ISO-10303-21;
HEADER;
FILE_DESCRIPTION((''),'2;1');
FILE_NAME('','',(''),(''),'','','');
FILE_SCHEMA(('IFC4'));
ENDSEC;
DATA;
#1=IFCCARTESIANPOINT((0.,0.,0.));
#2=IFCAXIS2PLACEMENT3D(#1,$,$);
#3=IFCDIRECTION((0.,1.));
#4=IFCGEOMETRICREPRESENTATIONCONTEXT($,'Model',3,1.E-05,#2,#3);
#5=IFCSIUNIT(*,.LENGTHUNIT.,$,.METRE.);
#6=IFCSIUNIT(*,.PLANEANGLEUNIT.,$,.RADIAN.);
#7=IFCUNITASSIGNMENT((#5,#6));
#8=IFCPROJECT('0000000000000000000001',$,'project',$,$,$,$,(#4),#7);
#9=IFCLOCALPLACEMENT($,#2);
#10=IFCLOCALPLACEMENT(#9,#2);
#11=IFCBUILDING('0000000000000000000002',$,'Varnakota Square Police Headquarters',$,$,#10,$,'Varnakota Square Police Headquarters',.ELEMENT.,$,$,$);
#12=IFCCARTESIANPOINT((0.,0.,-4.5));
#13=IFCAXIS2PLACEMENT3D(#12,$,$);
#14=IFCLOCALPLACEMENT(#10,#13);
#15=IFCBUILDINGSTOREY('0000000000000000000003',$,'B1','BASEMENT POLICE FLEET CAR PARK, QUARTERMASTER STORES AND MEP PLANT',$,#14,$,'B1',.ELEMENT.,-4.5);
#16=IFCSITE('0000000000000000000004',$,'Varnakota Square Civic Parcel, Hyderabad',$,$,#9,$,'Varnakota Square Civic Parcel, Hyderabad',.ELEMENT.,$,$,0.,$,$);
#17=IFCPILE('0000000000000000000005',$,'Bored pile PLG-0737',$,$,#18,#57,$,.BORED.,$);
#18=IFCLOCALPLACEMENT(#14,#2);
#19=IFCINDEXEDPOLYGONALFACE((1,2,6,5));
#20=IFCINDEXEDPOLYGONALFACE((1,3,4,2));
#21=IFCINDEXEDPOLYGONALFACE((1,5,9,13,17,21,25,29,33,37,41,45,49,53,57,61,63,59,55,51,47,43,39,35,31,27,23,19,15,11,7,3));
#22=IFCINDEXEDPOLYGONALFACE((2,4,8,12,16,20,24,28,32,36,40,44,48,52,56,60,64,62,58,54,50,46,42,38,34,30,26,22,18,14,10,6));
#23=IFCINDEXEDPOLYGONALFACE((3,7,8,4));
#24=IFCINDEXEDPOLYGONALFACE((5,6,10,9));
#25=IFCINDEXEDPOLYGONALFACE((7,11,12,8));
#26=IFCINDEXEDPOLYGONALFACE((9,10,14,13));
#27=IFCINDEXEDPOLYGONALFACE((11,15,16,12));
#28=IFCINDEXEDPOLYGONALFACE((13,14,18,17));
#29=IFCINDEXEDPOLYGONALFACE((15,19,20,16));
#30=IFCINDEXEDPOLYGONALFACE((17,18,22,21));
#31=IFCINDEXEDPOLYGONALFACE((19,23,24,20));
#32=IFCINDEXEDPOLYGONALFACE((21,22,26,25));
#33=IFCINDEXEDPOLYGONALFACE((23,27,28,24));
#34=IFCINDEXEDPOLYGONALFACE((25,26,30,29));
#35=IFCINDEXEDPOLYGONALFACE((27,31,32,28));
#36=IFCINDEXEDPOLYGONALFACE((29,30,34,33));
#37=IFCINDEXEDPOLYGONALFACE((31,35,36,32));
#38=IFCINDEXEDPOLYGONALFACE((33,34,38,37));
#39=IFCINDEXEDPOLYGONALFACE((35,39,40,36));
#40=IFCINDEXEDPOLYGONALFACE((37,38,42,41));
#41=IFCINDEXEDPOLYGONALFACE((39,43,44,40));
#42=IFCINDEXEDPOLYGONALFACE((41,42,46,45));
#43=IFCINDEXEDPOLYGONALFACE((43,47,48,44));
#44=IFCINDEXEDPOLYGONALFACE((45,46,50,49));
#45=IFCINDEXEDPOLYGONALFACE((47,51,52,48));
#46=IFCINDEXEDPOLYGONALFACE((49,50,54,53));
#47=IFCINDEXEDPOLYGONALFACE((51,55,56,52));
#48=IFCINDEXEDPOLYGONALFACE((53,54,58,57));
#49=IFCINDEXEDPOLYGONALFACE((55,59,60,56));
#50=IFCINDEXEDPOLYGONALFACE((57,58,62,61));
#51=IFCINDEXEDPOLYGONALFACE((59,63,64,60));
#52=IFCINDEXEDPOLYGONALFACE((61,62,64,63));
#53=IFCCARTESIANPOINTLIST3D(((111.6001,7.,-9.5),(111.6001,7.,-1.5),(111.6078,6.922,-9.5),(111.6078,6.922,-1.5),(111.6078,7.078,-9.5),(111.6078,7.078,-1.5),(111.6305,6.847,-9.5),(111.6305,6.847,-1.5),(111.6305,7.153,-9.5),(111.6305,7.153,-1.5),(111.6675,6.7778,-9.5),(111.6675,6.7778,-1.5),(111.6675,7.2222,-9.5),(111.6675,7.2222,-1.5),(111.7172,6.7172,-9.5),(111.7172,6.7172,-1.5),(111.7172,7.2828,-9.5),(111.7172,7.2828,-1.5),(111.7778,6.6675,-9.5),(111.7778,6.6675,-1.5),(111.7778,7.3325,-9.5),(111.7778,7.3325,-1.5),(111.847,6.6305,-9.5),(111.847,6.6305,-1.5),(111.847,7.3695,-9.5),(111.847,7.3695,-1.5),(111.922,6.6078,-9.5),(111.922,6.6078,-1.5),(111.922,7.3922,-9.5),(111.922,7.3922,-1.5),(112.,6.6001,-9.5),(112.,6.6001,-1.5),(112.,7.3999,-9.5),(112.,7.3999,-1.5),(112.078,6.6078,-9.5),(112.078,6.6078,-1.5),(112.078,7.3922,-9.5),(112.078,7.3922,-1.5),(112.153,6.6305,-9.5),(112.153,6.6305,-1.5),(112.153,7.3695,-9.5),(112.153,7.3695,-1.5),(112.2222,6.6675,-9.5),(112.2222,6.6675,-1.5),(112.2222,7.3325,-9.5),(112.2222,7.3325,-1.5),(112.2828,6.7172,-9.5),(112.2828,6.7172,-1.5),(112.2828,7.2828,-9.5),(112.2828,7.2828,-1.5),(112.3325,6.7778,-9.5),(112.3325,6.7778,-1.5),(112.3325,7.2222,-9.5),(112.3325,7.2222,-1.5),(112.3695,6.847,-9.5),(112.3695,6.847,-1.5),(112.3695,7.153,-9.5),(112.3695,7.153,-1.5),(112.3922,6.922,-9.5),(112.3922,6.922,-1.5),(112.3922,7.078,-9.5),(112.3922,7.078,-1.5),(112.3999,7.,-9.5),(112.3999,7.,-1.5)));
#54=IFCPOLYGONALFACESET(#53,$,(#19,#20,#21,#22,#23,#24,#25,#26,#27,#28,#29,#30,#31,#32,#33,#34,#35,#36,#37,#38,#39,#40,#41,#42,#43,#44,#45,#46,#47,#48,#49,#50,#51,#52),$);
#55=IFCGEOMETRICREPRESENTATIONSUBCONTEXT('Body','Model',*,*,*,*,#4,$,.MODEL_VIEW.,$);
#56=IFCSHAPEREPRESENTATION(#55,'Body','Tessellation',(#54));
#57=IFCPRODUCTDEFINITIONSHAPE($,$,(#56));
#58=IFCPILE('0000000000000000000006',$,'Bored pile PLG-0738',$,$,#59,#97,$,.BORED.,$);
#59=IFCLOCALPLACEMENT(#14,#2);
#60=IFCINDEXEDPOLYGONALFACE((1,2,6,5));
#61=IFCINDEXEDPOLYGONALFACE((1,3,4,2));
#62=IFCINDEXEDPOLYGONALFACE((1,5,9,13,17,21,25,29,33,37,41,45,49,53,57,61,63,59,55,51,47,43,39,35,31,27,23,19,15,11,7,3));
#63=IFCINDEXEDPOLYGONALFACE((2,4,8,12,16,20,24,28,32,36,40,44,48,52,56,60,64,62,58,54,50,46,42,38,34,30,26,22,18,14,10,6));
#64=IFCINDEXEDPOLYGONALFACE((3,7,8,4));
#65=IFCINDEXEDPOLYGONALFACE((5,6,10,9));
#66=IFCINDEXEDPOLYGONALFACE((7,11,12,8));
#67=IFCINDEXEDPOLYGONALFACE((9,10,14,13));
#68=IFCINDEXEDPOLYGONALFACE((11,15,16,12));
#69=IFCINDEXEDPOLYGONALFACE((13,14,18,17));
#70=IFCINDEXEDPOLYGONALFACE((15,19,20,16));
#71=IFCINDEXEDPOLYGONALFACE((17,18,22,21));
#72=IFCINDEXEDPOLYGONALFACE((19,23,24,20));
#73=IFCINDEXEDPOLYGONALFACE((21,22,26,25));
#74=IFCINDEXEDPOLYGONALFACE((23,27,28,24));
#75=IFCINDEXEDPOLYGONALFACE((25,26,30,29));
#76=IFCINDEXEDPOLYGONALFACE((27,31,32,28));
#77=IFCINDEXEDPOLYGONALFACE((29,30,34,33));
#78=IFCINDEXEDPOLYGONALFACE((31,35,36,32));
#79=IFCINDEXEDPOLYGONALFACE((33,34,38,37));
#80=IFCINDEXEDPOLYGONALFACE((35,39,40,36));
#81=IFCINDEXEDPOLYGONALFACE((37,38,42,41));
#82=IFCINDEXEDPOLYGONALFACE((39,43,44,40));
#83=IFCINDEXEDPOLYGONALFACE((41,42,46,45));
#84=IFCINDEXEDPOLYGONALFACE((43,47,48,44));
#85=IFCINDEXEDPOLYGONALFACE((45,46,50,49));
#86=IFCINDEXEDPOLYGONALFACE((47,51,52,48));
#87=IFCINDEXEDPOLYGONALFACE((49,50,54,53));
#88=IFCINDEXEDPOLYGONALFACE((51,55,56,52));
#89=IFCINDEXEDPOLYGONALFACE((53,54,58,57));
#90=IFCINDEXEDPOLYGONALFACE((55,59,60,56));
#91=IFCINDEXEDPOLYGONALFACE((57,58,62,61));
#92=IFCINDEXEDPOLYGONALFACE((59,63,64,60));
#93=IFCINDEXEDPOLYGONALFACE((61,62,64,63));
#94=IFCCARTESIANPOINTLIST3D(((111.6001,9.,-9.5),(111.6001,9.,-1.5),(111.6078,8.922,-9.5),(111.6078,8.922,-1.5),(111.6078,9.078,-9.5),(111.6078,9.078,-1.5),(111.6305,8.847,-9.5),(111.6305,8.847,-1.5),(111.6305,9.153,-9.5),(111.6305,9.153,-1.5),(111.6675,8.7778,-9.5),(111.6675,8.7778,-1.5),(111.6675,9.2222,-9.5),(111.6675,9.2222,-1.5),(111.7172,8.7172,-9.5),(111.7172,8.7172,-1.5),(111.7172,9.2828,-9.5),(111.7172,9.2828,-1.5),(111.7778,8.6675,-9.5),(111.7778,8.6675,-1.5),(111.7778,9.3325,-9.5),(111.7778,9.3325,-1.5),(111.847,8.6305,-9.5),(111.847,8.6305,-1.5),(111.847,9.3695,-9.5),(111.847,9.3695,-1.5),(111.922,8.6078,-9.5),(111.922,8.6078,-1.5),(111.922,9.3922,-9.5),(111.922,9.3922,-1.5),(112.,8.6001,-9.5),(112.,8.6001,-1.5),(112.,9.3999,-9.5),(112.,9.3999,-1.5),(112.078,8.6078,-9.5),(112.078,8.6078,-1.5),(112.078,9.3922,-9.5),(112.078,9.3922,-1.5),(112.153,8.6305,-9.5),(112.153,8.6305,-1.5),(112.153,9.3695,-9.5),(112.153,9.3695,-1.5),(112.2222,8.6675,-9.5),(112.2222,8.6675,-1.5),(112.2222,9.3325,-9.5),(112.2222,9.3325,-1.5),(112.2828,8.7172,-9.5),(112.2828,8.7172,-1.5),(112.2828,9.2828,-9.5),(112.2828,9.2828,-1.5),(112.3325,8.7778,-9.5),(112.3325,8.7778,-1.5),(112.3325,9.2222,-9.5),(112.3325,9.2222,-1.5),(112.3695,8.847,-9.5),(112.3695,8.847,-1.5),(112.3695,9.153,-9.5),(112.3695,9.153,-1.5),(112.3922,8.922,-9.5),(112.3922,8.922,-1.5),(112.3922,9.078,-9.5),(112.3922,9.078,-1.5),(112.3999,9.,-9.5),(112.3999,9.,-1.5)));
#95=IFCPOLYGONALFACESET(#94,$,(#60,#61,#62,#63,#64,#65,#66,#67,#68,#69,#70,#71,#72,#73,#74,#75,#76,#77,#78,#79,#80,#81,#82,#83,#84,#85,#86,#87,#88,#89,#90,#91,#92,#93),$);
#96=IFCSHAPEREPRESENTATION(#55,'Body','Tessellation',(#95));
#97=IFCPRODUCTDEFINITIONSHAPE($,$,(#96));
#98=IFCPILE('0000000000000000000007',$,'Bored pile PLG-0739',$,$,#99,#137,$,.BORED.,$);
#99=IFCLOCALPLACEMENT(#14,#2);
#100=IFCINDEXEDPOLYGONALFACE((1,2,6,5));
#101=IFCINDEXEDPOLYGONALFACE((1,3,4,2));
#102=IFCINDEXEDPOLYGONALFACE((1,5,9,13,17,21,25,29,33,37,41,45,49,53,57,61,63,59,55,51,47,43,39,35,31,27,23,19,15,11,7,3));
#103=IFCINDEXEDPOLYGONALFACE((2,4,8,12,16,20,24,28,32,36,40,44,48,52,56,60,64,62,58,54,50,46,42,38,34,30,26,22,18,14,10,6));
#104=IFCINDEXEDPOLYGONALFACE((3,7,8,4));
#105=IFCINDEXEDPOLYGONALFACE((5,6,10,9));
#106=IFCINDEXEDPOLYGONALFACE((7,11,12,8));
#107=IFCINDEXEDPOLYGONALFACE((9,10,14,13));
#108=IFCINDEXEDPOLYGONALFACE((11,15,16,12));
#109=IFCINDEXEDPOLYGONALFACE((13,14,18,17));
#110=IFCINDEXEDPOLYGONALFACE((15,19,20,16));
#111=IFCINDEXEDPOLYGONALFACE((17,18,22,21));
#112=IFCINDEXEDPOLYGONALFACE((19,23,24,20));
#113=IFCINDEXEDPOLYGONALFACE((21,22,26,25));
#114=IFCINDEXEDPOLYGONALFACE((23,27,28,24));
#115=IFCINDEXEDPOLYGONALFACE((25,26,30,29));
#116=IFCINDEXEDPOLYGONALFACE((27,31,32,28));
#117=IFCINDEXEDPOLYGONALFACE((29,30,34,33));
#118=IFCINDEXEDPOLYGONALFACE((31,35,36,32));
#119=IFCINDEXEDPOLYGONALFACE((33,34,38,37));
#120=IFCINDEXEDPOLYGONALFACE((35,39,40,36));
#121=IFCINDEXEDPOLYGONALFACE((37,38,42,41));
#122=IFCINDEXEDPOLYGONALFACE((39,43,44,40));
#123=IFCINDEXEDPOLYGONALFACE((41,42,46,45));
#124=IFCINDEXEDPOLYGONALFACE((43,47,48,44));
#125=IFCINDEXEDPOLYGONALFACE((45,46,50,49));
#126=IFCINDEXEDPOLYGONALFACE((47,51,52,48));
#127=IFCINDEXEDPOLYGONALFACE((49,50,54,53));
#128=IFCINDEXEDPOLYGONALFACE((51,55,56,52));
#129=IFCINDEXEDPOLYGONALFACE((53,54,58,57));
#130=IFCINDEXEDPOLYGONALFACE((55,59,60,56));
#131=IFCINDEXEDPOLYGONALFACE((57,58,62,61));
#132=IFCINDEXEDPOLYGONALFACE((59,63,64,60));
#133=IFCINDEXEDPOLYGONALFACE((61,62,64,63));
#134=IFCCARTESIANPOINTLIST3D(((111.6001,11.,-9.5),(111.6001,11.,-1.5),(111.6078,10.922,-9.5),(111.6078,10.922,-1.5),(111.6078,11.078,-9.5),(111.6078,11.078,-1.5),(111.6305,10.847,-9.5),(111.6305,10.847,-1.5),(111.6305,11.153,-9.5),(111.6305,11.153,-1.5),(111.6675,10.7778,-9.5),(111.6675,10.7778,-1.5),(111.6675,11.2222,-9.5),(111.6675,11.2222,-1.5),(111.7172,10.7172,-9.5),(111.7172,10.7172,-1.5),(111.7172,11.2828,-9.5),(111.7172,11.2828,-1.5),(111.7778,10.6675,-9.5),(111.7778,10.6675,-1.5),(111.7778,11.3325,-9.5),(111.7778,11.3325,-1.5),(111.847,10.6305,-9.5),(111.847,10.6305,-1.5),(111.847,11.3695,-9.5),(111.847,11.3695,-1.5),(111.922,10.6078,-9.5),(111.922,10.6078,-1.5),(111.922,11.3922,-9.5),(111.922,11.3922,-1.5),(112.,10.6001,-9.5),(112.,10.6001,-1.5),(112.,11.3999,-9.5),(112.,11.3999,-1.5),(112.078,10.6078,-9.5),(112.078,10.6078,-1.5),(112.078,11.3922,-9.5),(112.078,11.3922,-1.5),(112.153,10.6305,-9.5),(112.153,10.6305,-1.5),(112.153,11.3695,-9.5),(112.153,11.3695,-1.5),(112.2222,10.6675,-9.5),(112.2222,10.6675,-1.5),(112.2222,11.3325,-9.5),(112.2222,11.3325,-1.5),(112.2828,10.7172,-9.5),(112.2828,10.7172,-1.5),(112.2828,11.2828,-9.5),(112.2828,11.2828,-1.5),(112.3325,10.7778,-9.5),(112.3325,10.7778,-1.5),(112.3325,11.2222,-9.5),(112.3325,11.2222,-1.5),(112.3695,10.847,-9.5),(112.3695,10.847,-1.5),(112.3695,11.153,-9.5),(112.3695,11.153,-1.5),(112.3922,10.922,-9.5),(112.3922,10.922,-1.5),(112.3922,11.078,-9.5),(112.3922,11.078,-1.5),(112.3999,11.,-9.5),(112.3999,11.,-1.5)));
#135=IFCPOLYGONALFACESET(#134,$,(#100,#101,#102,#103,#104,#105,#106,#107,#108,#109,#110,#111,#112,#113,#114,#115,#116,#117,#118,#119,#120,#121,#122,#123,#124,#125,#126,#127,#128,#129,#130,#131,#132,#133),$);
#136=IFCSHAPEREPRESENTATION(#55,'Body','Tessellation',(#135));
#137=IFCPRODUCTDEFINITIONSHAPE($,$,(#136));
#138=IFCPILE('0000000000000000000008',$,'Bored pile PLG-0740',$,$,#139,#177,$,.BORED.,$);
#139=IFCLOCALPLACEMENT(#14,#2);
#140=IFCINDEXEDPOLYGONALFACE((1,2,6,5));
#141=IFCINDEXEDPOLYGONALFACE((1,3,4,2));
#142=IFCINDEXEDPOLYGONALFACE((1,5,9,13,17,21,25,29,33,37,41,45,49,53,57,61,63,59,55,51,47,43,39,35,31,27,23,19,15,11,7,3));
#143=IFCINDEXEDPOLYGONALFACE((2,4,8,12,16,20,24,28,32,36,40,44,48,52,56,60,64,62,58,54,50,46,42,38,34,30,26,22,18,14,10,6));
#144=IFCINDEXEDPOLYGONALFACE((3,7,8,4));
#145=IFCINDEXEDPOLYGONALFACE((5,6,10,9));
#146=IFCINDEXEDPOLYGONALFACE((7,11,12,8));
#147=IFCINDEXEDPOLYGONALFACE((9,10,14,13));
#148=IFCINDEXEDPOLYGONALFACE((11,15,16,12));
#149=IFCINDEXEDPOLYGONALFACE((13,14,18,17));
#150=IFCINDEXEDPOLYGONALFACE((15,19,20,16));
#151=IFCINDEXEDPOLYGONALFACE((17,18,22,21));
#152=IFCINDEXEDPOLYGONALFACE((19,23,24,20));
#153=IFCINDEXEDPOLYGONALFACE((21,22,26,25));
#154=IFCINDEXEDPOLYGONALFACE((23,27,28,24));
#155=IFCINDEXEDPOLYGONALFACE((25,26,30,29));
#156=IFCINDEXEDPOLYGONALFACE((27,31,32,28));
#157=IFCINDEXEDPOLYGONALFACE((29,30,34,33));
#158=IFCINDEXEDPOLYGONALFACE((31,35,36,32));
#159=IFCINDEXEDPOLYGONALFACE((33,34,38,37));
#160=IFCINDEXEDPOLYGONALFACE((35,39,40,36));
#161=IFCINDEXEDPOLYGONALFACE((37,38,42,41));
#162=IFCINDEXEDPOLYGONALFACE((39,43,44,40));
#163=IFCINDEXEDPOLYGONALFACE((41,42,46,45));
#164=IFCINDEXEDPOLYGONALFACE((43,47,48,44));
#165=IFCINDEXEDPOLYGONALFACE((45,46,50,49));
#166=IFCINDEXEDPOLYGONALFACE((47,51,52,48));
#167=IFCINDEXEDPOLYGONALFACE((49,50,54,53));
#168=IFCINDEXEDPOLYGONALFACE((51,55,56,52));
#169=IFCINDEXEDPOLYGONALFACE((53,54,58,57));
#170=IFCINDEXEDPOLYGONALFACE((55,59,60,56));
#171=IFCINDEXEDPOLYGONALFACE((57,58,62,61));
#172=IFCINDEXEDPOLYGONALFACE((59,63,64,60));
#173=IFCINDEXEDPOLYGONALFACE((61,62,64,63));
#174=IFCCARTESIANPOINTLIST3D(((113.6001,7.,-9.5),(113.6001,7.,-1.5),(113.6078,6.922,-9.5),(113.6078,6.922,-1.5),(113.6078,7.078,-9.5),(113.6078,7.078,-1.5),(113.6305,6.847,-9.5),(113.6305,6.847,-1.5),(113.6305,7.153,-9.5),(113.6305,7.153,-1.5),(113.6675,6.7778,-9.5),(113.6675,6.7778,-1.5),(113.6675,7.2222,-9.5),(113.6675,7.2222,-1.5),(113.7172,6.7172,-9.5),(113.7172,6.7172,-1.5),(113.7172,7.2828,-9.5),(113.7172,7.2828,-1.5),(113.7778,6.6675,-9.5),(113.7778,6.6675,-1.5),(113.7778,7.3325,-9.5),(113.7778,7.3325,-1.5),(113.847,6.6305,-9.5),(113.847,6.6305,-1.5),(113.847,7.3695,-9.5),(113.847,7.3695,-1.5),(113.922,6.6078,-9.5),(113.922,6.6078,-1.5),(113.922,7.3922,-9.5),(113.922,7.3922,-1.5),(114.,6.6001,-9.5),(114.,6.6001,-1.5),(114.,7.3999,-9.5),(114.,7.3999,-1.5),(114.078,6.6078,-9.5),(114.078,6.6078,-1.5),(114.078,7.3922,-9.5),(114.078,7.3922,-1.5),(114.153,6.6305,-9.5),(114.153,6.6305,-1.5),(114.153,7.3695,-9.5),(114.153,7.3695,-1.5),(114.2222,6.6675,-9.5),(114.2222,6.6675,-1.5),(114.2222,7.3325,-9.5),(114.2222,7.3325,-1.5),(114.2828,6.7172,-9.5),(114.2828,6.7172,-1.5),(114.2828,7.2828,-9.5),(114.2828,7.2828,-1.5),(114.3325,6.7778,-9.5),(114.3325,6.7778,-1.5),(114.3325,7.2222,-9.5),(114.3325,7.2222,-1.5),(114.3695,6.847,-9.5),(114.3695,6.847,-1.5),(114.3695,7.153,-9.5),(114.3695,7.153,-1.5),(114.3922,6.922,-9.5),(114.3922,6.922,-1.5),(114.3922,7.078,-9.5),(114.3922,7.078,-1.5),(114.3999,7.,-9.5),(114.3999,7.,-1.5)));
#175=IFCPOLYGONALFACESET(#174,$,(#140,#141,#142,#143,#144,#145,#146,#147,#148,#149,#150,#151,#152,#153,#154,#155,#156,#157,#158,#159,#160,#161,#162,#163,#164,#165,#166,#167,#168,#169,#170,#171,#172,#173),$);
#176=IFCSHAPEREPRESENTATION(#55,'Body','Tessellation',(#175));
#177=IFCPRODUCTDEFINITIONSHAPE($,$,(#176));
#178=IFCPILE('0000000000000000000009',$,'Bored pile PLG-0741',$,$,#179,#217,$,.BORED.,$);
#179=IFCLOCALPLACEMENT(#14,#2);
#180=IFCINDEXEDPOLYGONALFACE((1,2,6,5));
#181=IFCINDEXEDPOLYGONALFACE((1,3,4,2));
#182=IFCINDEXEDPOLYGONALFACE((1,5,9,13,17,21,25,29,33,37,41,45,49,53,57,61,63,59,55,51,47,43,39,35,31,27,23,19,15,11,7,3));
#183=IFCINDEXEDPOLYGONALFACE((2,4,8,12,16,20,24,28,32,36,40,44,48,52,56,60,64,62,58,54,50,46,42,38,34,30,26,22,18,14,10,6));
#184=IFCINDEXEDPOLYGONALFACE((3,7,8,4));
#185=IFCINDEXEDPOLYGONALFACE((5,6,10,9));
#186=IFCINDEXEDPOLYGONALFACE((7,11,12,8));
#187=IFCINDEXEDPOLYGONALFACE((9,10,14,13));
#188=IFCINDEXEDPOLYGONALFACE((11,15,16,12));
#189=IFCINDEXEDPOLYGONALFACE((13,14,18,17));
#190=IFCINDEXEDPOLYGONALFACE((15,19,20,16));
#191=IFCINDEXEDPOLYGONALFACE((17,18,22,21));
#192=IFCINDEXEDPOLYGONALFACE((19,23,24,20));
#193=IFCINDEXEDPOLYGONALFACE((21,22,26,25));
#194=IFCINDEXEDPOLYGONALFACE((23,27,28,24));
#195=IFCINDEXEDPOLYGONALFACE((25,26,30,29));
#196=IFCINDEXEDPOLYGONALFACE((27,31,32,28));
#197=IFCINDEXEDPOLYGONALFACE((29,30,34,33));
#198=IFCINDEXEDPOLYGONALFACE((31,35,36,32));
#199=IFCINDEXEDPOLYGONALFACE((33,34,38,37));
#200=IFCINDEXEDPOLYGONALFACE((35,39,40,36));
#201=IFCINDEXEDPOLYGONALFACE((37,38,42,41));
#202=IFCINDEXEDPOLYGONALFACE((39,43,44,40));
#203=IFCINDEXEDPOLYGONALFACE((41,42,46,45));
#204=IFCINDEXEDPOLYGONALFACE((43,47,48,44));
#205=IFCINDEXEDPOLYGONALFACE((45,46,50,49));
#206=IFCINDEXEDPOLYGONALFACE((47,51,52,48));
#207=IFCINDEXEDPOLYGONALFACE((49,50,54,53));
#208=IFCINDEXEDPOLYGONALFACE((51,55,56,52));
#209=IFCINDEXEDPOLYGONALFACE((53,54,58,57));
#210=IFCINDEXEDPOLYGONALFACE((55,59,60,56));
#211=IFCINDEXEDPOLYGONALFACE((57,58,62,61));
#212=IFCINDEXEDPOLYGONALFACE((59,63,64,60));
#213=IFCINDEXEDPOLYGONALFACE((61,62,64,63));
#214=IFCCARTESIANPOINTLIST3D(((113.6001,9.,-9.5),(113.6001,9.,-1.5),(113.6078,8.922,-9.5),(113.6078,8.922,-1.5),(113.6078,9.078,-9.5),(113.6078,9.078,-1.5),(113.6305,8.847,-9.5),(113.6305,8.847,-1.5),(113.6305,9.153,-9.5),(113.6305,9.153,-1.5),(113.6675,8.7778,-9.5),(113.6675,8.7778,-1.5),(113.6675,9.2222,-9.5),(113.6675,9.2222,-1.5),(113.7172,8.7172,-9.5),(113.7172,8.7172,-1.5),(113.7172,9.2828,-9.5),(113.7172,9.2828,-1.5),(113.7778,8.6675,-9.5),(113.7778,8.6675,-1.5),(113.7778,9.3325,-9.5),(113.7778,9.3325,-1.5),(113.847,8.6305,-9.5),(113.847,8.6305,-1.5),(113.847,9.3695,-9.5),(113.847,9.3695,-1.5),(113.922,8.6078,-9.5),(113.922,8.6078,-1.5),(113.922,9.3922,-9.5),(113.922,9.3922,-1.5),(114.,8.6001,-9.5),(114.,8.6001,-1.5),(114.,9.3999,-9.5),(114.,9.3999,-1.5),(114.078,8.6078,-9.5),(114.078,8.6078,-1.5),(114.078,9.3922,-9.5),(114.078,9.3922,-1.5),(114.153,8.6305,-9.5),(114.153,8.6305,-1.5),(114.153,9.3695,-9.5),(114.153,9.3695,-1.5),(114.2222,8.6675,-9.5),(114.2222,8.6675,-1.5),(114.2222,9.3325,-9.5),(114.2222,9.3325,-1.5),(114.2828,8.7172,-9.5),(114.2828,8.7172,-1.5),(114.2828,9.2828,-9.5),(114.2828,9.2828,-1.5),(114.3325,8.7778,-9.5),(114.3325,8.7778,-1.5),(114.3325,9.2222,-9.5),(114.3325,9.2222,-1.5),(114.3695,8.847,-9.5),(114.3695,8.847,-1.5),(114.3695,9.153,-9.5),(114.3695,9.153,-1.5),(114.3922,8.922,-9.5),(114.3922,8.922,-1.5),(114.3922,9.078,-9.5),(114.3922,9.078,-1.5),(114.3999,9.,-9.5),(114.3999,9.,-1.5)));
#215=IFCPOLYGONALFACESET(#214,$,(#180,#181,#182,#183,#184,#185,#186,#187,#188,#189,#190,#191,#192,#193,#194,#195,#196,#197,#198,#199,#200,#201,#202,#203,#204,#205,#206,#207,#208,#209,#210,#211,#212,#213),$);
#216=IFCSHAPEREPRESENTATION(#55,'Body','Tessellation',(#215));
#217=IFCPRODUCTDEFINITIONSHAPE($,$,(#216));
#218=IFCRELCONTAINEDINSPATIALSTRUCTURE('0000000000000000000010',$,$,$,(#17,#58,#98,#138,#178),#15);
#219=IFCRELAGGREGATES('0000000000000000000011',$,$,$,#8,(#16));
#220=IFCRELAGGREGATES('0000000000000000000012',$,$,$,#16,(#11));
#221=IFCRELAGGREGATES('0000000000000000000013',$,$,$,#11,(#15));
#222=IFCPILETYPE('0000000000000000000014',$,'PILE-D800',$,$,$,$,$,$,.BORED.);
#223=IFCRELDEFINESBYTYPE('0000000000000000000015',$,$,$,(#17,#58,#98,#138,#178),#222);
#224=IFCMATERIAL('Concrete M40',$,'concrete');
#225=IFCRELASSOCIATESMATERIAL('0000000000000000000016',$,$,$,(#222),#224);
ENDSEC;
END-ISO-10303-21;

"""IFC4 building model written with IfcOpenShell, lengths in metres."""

from ifc_helpers import new_model, si_unit, direction, frame, origin, origin_2d, place, context, subcontext, project, spatial, circle, extrude, material, material_profile, profile_set, type_object, element, save


model = new_model("IFC4")

# Units and contexts
model_context = context("Model", 3, precision=1e-05, world=origin(), true_north=direction((0.0, 1.0)))
body_context = subcontext(model_context, "Body", "Model", "MODEL_VIEW")
ifc_project = project(units=[si_unit("LENGTHUNIT", "METRE"), si_unit("PLANEANGLEUNIT", "RADIAN")], contexts=[model_context])

# Site, building, storey
site_placement = place(None, origin())
site = spatial("IfcSite", under=ifc_project, at=site_placement, Name="Varnakota Square Civic Parcel, Hyderabad", LongName="Varnakota Square Civic Parcel, Hyderabad", CompositionType="ELEMENT", RefElevation=0.0)
building_placement = place(site_placement, origin())
building = spatial("IfcBuilding", under=site, at=building_placement, Name="Varnakota Square Police Headquarters", LongName="Varnakota Square Police Headquarters", CompositionType="ELEMENT")
storey_placement = place(building_placement, frame((0.0, 0.0, -4.5)))
storey = spatial("IfcBuildingStorey", under=building, at=storey_placement, Name="B1", Description="BASEMENT POLICE FLEET CAR PARK, QUARTERMASTER STORES AND MEP PLANT", LongName="B1", CompositionType="ELEMENT", Elevation=-4.5)

# Shared definitions
ifc_material_1 = material(Name="Concrete M40", Category="concrete")

# Piles
ifc_material_profile_1 = material_profile(ifc_material_1, circle(Radius=0.3999, at=origin_2d()), Name="BORED PILE 800")
ifc_profile_set_1 = profile_set([ifc_material_profile_1], Name="Concrete M40")
pile_type = type_object("IfcPileType", Name="PILE-D800", PredefinedType="BORED", material=ifc_profile_set_1)
for number, where, z_axis, x_axis, name in (
    (1, (112.0, 7.0, -1.5), (0.0, 0.0, -1.0), (1.0, 0.0, 0.0), "Bored pile PLG-0737"),
    (2, (112.0, 9.0, -1.5), (0.0, 0.0, -1.0), (1.0, 0.0, 0.0), "Bored pile PLG-0738"),
    (3, (112.0, 11.0, -1.5), (0.0, 0.0, -1.0), (1.0, 0.0, 0.0), "Bored pile PLG-0739"),
    (4, (114.0, 7.0, -1.5), (0.0, 0.0, -1.0), (1.0, 0.0, 0.0), "Bored pile PLG-0740"),
    (5, (114.0, 9.0, -1.5), (0.0, 0.0, -1.0), (1.0, 0.0, 0.0), "Bored pile PLG-0741"),
):
    element("IfcPile", number, at=place(storey_placement, frame(where, z_axis=z_axis, x_axis=x_axis)), inside=storey, type_object=pile_type, Name=name, PredefinedType="BORED", context=body_context, shape_type="SweptSolid", body=[
        extrude(circle(Radius=0.3999, at=origin_2d()), origin(), (0.0, 0.0, 1.0), 8.0),
    ])

save(model, "model.ifc")
